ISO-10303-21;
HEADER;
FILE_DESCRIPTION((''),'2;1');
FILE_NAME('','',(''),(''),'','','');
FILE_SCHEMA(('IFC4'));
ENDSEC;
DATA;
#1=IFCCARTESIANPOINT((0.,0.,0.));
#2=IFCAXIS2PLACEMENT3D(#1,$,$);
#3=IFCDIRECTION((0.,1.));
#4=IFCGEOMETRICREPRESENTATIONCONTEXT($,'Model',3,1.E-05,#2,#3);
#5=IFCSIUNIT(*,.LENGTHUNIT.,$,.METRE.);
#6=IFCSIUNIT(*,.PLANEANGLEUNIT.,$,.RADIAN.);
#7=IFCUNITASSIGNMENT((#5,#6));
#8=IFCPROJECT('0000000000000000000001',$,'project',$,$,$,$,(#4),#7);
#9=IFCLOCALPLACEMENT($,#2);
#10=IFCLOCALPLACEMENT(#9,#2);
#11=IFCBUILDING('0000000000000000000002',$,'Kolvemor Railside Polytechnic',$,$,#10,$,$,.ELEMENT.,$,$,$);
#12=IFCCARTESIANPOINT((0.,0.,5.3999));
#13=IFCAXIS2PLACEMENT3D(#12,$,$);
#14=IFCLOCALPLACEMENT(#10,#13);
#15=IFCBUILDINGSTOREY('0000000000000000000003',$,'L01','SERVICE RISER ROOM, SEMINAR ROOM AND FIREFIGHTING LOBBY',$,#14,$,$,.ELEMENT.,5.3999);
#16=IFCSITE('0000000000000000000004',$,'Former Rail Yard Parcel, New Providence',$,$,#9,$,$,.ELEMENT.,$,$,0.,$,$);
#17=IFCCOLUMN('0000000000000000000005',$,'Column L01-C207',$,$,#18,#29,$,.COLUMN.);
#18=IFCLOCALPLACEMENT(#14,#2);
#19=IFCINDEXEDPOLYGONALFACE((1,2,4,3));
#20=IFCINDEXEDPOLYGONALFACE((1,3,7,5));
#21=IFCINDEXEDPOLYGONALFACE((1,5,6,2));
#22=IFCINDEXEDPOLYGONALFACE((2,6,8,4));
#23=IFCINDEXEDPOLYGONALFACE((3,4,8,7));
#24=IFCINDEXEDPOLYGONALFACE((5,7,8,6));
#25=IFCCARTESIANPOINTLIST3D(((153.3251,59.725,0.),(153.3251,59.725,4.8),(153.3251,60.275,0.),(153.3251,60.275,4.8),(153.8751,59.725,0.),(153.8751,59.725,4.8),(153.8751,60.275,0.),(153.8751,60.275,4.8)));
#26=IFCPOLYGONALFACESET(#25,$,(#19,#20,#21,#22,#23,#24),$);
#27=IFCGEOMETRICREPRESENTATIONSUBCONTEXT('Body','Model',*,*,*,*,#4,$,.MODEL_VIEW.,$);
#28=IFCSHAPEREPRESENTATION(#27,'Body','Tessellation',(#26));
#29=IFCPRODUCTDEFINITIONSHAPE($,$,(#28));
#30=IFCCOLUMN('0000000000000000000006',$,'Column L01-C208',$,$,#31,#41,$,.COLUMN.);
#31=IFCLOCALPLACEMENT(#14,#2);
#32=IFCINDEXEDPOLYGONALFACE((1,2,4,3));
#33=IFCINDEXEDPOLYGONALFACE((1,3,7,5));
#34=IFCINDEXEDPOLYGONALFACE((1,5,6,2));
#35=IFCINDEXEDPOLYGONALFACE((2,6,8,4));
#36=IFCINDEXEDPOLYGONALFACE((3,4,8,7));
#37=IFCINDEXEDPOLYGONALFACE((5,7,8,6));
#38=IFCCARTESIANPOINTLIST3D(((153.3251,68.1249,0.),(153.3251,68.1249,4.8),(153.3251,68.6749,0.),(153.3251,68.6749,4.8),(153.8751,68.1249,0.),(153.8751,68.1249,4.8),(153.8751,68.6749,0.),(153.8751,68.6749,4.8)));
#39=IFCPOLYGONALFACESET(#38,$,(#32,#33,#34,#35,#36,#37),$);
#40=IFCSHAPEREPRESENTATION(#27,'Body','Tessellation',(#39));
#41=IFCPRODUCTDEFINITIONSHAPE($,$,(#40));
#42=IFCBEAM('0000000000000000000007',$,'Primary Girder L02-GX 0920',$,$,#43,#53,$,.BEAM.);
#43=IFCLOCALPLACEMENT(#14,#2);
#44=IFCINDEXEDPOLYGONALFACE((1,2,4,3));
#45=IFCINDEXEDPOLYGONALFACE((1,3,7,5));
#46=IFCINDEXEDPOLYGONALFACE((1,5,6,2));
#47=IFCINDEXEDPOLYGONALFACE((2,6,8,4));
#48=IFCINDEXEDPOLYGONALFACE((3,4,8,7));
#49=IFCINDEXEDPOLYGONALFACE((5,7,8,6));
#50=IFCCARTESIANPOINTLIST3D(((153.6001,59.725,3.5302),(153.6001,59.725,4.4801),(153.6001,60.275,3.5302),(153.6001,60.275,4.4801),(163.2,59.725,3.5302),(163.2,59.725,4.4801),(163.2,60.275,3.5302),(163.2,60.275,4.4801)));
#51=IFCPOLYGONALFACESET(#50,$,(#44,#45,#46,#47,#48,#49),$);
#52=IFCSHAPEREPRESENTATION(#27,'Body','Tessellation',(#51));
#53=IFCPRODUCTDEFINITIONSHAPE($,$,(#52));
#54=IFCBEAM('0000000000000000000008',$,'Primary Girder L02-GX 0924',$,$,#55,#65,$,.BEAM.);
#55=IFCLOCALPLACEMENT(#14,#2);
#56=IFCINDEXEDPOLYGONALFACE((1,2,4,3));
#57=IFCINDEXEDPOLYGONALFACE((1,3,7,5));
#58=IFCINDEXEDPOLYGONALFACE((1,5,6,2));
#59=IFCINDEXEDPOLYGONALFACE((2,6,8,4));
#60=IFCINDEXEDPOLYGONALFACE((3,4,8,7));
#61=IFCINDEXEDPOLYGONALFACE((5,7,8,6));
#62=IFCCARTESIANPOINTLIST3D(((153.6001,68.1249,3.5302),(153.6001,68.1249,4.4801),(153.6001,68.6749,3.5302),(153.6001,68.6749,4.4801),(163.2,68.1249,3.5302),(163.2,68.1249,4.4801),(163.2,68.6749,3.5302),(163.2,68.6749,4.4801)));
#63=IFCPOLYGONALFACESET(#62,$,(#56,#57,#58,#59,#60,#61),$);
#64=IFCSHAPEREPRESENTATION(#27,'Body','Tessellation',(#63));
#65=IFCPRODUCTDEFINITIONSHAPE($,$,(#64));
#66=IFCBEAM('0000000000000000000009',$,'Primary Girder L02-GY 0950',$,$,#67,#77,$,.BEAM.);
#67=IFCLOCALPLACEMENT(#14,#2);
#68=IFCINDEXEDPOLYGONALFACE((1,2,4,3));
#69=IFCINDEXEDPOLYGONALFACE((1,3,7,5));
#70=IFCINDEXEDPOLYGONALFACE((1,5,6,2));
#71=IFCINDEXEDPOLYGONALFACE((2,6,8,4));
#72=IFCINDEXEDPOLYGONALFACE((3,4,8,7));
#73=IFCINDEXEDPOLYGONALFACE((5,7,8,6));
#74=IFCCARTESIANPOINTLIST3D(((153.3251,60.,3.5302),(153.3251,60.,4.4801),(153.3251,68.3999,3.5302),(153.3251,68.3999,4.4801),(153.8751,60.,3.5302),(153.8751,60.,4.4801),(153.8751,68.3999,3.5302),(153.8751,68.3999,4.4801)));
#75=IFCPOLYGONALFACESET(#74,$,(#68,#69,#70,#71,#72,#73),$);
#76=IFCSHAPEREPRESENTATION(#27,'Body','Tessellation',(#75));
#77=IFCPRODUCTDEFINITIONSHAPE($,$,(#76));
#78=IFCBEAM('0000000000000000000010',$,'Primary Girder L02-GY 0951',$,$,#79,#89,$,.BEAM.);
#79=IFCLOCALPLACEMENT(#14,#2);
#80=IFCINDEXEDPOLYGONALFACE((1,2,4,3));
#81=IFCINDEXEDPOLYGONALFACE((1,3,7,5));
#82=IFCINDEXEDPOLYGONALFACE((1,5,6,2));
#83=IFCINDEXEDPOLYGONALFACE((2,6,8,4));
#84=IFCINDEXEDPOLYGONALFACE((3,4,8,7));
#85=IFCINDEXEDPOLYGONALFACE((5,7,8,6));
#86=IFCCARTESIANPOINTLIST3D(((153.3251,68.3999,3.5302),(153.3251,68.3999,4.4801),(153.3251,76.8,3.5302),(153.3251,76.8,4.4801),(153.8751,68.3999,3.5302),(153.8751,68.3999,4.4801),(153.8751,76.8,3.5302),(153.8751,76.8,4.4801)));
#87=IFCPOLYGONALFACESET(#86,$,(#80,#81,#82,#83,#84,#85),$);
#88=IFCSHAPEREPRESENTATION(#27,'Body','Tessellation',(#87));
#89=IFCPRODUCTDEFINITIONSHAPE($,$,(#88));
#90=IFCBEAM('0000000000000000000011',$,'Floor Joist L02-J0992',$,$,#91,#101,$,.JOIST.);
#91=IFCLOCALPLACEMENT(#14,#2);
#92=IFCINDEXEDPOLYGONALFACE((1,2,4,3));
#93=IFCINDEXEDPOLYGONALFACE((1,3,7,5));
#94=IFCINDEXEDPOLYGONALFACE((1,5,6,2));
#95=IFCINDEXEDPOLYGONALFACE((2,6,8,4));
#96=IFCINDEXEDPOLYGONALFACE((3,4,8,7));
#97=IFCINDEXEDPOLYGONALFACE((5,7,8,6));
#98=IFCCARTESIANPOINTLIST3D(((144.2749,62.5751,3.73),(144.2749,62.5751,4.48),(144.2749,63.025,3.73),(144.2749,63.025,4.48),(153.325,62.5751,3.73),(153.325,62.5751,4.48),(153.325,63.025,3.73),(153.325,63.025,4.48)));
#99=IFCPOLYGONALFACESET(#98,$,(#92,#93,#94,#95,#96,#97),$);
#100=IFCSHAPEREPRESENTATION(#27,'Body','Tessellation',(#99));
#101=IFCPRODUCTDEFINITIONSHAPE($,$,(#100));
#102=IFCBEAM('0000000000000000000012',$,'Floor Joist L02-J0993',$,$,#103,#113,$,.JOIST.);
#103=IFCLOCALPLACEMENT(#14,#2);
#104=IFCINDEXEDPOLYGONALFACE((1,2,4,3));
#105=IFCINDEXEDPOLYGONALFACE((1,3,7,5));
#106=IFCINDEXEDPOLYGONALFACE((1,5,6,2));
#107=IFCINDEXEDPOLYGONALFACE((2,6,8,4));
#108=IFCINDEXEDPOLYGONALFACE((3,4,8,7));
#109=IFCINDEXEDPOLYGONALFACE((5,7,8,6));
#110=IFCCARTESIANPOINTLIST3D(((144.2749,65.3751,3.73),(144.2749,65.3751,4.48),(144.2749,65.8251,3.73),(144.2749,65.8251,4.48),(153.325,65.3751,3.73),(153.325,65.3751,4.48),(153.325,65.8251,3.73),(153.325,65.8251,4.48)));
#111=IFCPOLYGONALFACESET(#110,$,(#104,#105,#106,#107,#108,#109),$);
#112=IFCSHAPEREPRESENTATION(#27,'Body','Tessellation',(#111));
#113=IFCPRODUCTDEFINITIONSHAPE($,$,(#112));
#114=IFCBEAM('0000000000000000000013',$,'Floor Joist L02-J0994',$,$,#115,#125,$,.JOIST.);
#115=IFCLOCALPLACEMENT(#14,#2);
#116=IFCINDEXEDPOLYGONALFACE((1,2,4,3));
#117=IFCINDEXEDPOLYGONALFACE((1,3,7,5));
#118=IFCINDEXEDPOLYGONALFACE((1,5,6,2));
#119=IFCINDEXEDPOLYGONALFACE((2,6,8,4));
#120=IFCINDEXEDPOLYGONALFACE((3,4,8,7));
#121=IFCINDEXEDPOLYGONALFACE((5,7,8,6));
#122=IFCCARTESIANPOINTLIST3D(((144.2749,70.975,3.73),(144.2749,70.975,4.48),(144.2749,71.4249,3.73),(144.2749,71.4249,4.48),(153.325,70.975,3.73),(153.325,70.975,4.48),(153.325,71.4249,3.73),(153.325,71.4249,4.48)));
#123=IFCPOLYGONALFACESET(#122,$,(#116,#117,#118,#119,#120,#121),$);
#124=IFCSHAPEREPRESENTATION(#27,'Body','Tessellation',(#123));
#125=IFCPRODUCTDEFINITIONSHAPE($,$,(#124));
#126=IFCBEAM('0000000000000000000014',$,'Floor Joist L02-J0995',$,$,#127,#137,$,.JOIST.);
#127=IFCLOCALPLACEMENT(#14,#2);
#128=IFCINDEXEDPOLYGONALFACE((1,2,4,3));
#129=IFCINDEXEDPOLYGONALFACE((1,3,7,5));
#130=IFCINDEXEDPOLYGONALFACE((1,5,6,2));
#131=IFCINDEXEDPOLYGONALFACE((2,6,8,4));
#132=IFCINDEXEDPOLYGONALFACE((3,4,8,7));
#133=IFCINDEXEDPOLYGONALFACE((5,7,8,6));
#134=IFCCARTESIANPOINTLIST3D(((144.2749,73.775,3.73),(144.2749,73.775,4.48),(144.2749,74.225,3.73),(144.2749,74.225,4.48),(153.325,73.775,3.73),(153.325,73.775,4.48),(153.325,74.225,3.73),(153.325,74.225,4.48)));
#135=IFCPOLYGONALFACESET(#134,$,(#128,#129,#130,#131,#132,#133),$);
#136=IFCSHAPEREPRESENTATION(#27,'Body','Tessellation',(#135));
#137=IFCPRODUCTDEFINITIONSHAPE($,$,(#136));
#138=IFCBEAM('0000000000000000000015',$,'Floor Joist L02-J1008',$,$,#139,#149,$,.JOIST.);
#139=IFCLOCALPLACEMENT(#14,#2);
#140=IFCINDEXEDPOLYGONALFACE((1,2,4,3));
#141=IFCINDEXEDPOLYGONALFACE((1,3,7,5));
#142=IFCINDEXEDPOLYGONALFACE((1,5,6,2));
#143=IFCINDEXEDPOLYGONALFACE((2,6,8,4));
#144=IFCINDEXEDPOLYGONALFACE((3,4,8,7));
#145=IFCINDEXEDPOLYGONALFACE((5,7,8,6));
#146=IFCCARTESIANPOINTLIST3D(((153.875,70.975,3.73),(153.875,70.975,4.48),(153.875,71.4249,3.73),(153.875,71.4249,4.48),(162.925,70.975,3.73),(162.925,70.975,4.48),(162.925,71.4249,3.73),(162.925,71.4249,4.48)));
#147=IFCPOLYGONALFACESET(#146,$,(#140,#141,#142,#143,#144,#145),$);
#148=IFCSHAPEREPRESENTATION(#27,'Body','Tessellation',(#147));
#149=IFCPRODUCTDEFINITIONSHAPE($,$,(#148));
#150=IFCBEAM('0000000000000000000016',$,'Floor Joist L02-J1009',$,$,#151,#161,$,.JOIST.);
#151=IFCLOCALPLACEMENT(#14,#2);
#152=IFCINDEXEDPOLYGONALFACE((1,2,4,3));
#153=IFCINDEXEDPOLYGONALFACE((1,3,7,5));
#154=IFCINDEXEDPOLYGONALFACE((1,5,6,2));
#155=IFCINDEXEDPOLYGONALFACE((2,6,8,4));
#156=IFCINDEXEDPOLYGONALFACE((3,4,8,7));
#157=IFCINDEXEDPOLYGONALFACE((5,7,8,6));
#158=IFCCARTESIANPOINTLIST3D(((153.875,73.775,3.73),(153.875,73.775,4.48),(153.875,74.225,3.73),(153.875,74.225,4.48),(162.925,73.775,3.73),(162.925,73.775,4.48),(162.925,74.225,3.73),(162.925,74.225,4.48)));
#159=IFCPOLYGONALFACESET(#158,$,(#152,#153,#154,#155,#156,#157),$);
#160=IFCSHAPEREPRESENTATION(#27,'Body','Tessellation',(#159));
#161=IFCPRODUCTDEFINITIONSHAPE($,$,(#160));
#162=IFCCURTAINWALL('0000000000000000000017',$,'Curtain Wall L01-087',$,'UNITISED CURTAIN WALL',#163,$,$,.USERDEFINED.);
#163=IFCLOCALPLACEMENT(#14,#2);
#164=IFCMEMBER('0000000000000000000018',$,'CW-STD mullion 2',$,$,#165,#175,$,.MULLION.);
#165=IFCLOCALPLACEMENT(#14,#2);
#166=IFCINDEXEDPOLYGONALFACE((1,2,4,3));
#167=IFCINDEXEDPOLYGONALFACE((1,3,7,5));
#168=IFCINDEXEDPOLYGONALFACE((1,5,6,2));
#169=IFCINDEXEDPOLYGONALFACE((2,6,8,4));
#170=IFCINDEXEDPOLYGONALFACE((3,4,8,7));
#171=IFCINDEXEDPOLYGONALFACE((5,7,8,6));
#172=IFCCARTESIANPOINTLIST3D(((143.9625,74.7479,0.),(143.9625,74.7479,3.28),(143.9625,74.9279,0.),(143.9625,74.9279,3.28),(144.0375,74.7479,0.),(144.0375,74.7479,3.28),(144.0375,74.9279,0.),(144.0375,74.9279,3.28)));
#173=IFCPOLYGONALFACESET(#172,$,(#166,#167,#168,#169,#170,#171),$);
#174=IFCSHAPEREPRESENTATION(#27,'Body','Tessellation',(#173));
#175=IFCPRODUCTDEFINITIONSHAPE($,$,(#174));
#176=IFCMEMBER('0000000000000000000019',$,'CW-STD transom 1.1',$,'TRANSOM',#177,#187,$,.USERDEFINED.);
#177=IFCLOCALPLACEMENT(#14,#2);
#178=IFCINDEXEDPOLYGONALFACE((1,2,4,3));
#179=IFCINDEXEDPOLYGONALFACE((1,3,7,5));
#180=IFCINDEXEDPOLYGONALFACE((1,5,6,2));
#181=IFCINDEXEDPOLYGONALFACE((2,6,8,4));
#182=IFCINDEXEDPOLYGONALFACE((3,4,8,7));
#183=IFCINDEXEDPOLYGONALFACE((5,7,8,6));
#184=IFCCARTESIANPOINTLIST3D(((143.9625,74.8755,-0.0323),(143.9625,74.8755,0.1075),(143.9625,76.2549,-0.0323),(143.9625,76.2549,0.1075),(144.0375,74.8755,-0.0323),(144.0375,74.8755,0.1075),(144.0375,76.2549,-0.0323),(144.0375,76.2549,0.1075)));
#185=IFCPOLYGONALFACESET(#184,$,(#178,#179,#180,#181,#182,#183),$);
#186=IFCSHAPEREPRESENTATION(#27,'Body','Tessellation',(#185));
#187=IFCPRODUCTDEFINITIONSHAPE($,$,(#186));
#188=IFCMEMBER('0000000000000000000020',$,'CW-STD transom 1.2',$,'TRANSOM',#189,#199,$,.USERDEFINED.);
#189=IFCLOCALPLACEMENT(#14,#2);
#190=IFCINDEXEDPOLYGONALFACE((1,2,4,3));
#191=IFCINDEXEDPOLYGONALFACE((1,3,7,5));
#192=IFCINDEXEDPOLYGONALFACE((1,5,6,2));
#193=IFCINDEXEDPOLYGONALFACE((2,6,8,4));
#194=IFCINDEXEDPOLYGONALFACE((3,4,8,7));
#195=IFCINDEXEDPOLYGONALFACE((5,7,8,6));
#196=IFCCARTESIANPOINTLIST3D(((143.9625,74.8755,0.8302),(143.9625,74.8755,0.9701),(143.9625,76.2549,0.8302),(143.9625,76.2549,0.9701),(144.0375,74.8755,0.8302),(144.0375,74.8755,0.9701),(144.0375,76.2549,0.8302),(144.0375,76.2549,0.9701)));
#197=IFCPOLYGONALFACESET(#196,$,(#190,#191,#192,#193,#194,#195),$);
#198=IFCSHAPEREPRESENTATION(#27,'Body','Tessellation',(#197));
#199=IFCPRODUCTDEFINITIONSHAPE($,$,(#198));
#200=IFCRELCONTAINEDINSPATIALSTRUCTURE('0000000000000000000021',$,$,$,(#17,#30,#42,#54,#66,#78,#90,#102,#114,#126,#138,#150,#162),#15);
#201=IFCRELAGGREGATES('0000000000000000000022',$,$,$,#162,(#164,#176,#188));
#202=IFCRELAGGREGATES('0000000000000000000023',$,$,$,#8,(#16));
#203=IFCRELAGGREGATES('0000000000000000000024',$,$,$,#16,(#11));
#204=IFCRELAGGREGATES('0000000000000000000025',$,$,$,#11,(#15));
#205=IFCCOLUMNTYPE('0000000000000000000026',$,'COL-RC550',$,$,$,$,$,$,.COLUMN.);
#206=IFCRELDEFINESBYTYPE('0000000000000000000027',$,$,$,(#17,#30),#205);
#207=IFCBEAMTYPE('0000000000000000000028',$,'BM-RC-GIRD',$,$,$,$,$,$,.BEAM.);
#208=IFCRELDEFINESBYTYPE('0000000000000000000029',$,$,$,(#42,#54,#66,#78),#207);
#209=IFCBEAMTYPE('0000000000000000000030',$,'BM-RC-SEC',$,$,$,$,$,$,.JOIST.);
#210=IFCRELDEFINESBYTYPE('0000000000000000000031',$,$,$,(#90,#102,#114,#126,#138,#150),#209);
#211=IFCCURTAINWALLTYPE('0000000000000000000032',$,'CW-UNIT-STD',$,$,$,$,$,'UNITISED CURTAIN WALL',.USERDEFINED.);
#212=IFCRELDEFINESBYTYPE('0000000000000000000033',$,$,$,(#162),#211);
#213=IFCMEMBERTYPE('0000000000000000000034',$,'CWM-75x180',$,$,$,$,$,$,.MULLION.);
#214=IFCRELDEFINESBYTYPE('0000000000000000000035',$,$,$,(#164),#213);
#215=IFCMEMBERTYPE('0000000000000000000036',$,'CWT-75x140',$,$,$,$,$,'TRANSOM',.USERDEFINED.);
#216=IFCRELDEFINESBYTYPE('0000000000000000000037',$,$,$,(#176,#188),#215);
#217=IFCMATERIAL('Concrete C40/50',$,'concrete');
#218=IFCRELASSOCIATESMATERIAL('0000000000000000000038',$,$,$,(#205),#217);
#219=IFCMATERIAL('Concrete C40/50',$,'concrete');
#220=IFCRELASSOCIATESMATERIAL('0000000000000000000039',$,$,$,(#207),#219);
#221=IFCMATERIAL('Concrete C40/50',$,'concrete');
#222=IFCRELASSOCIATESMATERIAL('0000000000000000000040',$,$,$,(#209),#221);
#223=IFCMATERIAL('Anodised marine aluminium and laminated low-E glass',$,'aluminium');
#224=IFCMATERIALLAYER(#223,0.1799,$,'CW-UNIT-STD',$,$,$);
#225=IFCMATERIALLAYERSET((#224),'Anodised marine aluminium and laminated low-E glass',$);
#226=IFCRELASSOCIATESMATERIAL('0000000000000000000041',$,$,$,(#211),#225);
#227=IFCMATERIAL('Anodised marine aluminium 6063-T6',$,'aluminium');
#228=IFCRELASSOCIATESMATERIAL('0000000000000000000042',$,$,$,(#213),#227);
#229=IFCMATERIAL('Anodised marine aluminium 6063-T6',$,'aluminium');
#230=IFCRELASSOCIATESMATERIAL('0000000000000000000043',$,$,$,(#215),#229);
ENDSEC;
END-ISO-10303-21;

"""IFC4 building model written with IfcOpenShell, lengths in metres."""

from ifc_helpers import new_model, si_unit, direction, frame, origin, origin_2d, place, context, subcontext, project, spatial, rectangle, extrude, material, layer, layer_set, material_profile, profile_set, type_object, element, aggregate, save


model = new_model("IFC4")

# Units and contexts
model_context = context("Model", 3, precision=1e-05, world=origin(), true_north=direction((0.0, 1.0)))
body_context = subcontext(model_context, "Body", "Model", "MODEL_VIEW")
ifc_project = project(units=[si_unit("LENGTHUNIT", "METRE"), si_unit("PLANEANGLEUNIT", "RADIAN")], contexts=[model_context])

# Site, building, storey
site_placement = place(None, origin())
site = spatial("IfcSite", under=ifc_project, at=site_placement, Name="Former Rail Yard Parcel, New Providence", CompositionType="ELEMENT", RefElevation=0.0)
building_placement = place(site_placement, origin())
building = spatial("IfcBuilding", under=site, at=building_placement, Name="Kolvemor Railside Polytechnic", CompositionType="ELEMENT")
storey_placement = place(building_placement, frame((0.0, 0.0, 5.3999)))
storey = spatial("IfcBuildingStorey", under=building, at=storey_placement, Name="L01", Description="SERVICE RISER ROOM, SEMINAR ROOM AND FIREFIGHTING LOBBY", CompositionType="ELEMENT", Elevation=5.3999)

# Columns
ifc_material_1 = material(Name="Concrete C40/50", Category="concrete")
ifc_material_profile_1 = material_profile(ifc_material_1, rectangle(XDim=0.55, YDim=0.55, at=origin_2d()), Name="RC550x550")
ifc_profile_set_1 = profile_set([ifc_material_profile_1], Name="Concrete C40/50")
column_type = type_object("IfcColumnType", Name="COL-RC550", PredefinedType="COLUMN", material=ifc_profile_set_1)
for number, where, z_axis, x_axis, name in (
    (1, (153.6001, 60.0, 0.0), (0.0, 0.0, 1.0), (1.0, 0.0, 0.0), "Column L01-C207"),
    (2, (153.6001, 68.3999, 0.0), (0.0, 0.0, 1.0), (1.0, 0.0, 0.0), "Column L01-C208"),
):
    element("IfcColumn", number, at=place(storey_placement, frame(where, z_axis=z_axis, x_axis=x_axis)), inside=storey, type_object=column_type, Name=name, PredefinedType="COLUMN", context=body_context, shape_type="SweptSolid", body=[
        extrude(rectangle(XDim=0.55, YDim=0.55, at=origin_2d()), origin(), (0.0, 0.0, 1.0), 4.8),
    ])

# Beams
ifc_material_2 = material(Name="Concrete C40/50", Category="concrete")
ifc_material_profile_2 = material_profile(ifc_material_2, rectangle(XDim=0.55, YDim=0.95, at=origin_2d()), Name="RC550x950")
ifc_profile_set_2 = profile_set([ifc_material_profile_2], Name="Concrete C40/50")
beam_type_1 = type_object("IfcBeamType", Name="BM-RC-GIRD", PredefinedType="BEAM", material=ifc_profile_set_2)
for number, where, z_axis, x_axis, name in (
    (3, (153.6001, 60.0, 4.0051), (1.0, 0.0, 0.0), (0.0, 1.0, 0.0), "Primary Girder L02-GX 0920"),
    (4, (153.6001, 68.3999, 4.0051), (1.0, 0.0, 0.0), (0.0, 1.0, 0.0), "Primary Girder L02-GX 0924"),
):
    element("IfcBeam", number, at=place(storey_placement, frame(where, z_axis=z_axis, x_axis=x_axis)), inside=storey, type_object=beam_type_1, Name=name, PredefinedType="BEAM", context=body_context, shape_type="SweptSolid", body=[
        extrude(rectangle(XDim=0.55, YDim=0.95, at=origin_2d()), origin(), (0.0, 0.0, 1.0), 9.5999),
    ])
beam_1_placement = place(storey_placement, frame((153.6001, 60.0, 4.0051), z_axis=(0.0, 1.0, 0.0), x_axis=(-1.0, 0.0, 0.0)))
element("IfcBeam", 5, at=beam_1_placement, inside=storey, type_object=beam_type_1, Name="Primary Girder L02-GY 0950", PredefinedType="BEAM", context=body_context, shape_type="SweptSolid", body=[
    extrude(rectangle(XDim=0.55, YDim=0.95, at=origin_2d()), origin(), (0.0, 0.0, 1.0), 8.3999),
])
beam_2_placement = place(storey_placement, frame((153.6001, 68.3999, 4.0051), z_axis=(0.0, 1.0, 0.0), x_axis=(-1.0, 0.0, 0.0)))
element("IfcBeam", 6, at=beam_2_placement, inside=storey, type_object=beam_type_1, Name="Primary Girder L02-GY 0951", PredefinedType="BEAM", context=body_context, shape_type="SweptSolid", body=[
    extrude(rectangle(XDim=0.55, YDim=0.95, at=origin_2d()), origin(), (0.0, 0.0, 1.0), 8.4001),
])
ifc_material_3 = material(Name="Concrete C40/50", Category="concrete")
ifc_material_profile_3 = material_profile(ifc_material_3, rectangle(XDim=0.45, YDim=0.75, at=origin_2d()), Name="RC450x750")
ifc_profile_set_3 = profile_set([ifc_material_profile_3], Name="Concrete C40/50")
beam_type_2 = type_object("IfcBeamType", Name="BM-RC-SEC", PredefinedType="JOIST", material=ifc_profile_set_3)
for number, where, z_axis, x_axis, name in (
    (7, (144.2749, 62.8, 4.105), (1.0, 0.0, 0.0), (0.0, 1.0, 0.0), "Floor Joist L02-J0992"),
    (8, (144.2749, 65.6001, 4.105), (1.0, 0.0, 0.0), (0.0, 1.0, 0.0), "Floor Joist L02-J0993"),
    (9, (144.2749, 71.2, 4.105), (1.0, 0.0, 0.0), (0.0, 1.0, 0.0), "Floor Joist L02-J0994"),
    (10, (144.2749, 74.0, 4.105), (1.0, 0.0, 0.0), (0.0, 1.0, 0.0), "Floor Joist L02-J0995"),
    (11, (153.875, 71.2, 4.105), (1.0, 0.0, 0.0), (0.0, 1.0, 0.0), "Floor Joist L02-J1008"),
    (12, (153.875, 74.0, 4.105), (1.0, 0.0, 0.0), (0.0, 1.0, 0.0), "Floor Joist L02-J1009"),
):
    element("IfcBeam", number, at=place(storey_placement, frame(where, z_axis=z_axis, x_axis=x_axis)), inside=storey, type_object=beam_type_2, Name=name, PredefinedType="JOIST", context=body_context, shape_type="SweptSolid", body=[
        extrude(rectangle(XDim=0.45, YDim=0.75, at=origin_2d()), origin(), (0.0, 0.0, 1.0), 9.05),
    ])

# Curtain wall, members
ifc_material_4 = material(Name="Anodised marine aluminium and laminated low-E glass", Category="aluminium")
ifc_layer_1 = layer(ifc_material_4, 0.1799, Name="CW-UNIT-STD")
ifc_layer_set_1 = layer_set([ifc_layer_1], Name="Anodised marine aluminium and laminated low-E glass")
curtain_wall_type = type_object("IfcCurtainWallType", Name="CW-UNIT-STD", ElementType="UNITISED CURTAIN WALL", PredefinedType="USERDEFINED", material=ifc_layer_set_1)
curtain_wall_placement = place(storey_placement, origin())
curtain_wall = element("IfcCurtainWall", 13, at=curtain_wall_placement, inside=storey, type_object=curtain_wall_type, Name="Curtain Wall L01-087", ObjectType="UNITISED CURTAIN WALL", PredefinedType="USERDEFINED")
ifc_material_5 = material(Name="Anodised marine aluminium 6063-T6", Category="aluminium")
ifc_material_profile_4 = material_profile(ifc_material_5, rectangle(XDim=0.075, YDim=0.1799, at=origin_2d()), Name="CW-MUL-75x180")
ifc_profile_set_4 = profile_set([ifc_material_profile_4], Name="Anodised marine aluminium 6063-T6")
member_type_1 = type_object("IfcMemberType", Name="CWM-75x180", PredefinedType="MULLION", material=ifc_profile_set_4)
member_1_placement = place(storey_placement, frame((144.0, 74.8379, 0.0), z_axis=(0.0, 0.0, 1.0), x_axis=(1.0, 0.0, 0.0)))
member_1 = element("IfcMember", 14, at=member_1_placement, type_object=member_type_1, Name="CW-STD mullion 2", PredefinedType="MULLION", context=body_context, shape_type="SweptSolid", body=[
    extrude(rectangle(XDim=0.075, YDim=0.1799, at=origin_2d()), origin(), (0.0, 0.0, 1.0), 3.28),
])
ifc_material_6 = material(Name="Anodised marine aluminium 6063-T6", Category="aluminium")
ifc_material_profile_5 = material_profile(ifc_material_6, rectangle(XDim=0.075, YDim=0.1399, at=origin_2d()), Name="CW-TRN-75x140")
ifc_profile_set_5 = profile_set([ifc_material_profile_5], Name="Anodised marine aluminium 6063-T6")
member_type_2 = type_object("IfcMemberType", Name="CWT-75x140", ElementType="TRANSOM", PredefinedType="USERDEFINED", material=ifc_profile_set_5)
member_2_placement = place(storey_placement, frame((144.0, 76.2549, 0.0376), z_axis=(0.0, -1.0, 0.0), x_axis=(1.0, 0.0, 0.0)))
member_2 = element("IfcMember", 15, at=member_2_placement, type_object=member_type_2, Name="CW-STD transom 1.1", ObjectType="TRANSOM", PredefinedType="USERDEFINED", context=body_context, shape_type="SweptSolid", body=[
    extrude(rectangle(XDim=0.075, YDim=0.1399, at=origin_2d()), origin(), (0.0, 0.0, 1.0), 1.3794),
])
member_3_placement = place(storey_placement, frame((144.0, 76.2549, 0.9001), z_axis=(0.0, -1.0, 0.0), x_axis=(1.0, 0.0, 0.0)))
member_3 = element("IfcMember", 16, at=member_3_placement, type_object=member_type_2, Name="CW-STD transom 1.2", ObjectType="TRANSOM", PredefinedType="USERDEFINED", context=body_context, shape_type="SweptSolid", body=[
    extrude(rectangle(XDim=0.075, YDim=0.1399, at=origin_2d()), origin(), (0.0, 0.0, 1.0), 1.3794),
])
aggregate(curtain_wall, [member_1, member_2, member_3])

save(model, "model.ifc")
